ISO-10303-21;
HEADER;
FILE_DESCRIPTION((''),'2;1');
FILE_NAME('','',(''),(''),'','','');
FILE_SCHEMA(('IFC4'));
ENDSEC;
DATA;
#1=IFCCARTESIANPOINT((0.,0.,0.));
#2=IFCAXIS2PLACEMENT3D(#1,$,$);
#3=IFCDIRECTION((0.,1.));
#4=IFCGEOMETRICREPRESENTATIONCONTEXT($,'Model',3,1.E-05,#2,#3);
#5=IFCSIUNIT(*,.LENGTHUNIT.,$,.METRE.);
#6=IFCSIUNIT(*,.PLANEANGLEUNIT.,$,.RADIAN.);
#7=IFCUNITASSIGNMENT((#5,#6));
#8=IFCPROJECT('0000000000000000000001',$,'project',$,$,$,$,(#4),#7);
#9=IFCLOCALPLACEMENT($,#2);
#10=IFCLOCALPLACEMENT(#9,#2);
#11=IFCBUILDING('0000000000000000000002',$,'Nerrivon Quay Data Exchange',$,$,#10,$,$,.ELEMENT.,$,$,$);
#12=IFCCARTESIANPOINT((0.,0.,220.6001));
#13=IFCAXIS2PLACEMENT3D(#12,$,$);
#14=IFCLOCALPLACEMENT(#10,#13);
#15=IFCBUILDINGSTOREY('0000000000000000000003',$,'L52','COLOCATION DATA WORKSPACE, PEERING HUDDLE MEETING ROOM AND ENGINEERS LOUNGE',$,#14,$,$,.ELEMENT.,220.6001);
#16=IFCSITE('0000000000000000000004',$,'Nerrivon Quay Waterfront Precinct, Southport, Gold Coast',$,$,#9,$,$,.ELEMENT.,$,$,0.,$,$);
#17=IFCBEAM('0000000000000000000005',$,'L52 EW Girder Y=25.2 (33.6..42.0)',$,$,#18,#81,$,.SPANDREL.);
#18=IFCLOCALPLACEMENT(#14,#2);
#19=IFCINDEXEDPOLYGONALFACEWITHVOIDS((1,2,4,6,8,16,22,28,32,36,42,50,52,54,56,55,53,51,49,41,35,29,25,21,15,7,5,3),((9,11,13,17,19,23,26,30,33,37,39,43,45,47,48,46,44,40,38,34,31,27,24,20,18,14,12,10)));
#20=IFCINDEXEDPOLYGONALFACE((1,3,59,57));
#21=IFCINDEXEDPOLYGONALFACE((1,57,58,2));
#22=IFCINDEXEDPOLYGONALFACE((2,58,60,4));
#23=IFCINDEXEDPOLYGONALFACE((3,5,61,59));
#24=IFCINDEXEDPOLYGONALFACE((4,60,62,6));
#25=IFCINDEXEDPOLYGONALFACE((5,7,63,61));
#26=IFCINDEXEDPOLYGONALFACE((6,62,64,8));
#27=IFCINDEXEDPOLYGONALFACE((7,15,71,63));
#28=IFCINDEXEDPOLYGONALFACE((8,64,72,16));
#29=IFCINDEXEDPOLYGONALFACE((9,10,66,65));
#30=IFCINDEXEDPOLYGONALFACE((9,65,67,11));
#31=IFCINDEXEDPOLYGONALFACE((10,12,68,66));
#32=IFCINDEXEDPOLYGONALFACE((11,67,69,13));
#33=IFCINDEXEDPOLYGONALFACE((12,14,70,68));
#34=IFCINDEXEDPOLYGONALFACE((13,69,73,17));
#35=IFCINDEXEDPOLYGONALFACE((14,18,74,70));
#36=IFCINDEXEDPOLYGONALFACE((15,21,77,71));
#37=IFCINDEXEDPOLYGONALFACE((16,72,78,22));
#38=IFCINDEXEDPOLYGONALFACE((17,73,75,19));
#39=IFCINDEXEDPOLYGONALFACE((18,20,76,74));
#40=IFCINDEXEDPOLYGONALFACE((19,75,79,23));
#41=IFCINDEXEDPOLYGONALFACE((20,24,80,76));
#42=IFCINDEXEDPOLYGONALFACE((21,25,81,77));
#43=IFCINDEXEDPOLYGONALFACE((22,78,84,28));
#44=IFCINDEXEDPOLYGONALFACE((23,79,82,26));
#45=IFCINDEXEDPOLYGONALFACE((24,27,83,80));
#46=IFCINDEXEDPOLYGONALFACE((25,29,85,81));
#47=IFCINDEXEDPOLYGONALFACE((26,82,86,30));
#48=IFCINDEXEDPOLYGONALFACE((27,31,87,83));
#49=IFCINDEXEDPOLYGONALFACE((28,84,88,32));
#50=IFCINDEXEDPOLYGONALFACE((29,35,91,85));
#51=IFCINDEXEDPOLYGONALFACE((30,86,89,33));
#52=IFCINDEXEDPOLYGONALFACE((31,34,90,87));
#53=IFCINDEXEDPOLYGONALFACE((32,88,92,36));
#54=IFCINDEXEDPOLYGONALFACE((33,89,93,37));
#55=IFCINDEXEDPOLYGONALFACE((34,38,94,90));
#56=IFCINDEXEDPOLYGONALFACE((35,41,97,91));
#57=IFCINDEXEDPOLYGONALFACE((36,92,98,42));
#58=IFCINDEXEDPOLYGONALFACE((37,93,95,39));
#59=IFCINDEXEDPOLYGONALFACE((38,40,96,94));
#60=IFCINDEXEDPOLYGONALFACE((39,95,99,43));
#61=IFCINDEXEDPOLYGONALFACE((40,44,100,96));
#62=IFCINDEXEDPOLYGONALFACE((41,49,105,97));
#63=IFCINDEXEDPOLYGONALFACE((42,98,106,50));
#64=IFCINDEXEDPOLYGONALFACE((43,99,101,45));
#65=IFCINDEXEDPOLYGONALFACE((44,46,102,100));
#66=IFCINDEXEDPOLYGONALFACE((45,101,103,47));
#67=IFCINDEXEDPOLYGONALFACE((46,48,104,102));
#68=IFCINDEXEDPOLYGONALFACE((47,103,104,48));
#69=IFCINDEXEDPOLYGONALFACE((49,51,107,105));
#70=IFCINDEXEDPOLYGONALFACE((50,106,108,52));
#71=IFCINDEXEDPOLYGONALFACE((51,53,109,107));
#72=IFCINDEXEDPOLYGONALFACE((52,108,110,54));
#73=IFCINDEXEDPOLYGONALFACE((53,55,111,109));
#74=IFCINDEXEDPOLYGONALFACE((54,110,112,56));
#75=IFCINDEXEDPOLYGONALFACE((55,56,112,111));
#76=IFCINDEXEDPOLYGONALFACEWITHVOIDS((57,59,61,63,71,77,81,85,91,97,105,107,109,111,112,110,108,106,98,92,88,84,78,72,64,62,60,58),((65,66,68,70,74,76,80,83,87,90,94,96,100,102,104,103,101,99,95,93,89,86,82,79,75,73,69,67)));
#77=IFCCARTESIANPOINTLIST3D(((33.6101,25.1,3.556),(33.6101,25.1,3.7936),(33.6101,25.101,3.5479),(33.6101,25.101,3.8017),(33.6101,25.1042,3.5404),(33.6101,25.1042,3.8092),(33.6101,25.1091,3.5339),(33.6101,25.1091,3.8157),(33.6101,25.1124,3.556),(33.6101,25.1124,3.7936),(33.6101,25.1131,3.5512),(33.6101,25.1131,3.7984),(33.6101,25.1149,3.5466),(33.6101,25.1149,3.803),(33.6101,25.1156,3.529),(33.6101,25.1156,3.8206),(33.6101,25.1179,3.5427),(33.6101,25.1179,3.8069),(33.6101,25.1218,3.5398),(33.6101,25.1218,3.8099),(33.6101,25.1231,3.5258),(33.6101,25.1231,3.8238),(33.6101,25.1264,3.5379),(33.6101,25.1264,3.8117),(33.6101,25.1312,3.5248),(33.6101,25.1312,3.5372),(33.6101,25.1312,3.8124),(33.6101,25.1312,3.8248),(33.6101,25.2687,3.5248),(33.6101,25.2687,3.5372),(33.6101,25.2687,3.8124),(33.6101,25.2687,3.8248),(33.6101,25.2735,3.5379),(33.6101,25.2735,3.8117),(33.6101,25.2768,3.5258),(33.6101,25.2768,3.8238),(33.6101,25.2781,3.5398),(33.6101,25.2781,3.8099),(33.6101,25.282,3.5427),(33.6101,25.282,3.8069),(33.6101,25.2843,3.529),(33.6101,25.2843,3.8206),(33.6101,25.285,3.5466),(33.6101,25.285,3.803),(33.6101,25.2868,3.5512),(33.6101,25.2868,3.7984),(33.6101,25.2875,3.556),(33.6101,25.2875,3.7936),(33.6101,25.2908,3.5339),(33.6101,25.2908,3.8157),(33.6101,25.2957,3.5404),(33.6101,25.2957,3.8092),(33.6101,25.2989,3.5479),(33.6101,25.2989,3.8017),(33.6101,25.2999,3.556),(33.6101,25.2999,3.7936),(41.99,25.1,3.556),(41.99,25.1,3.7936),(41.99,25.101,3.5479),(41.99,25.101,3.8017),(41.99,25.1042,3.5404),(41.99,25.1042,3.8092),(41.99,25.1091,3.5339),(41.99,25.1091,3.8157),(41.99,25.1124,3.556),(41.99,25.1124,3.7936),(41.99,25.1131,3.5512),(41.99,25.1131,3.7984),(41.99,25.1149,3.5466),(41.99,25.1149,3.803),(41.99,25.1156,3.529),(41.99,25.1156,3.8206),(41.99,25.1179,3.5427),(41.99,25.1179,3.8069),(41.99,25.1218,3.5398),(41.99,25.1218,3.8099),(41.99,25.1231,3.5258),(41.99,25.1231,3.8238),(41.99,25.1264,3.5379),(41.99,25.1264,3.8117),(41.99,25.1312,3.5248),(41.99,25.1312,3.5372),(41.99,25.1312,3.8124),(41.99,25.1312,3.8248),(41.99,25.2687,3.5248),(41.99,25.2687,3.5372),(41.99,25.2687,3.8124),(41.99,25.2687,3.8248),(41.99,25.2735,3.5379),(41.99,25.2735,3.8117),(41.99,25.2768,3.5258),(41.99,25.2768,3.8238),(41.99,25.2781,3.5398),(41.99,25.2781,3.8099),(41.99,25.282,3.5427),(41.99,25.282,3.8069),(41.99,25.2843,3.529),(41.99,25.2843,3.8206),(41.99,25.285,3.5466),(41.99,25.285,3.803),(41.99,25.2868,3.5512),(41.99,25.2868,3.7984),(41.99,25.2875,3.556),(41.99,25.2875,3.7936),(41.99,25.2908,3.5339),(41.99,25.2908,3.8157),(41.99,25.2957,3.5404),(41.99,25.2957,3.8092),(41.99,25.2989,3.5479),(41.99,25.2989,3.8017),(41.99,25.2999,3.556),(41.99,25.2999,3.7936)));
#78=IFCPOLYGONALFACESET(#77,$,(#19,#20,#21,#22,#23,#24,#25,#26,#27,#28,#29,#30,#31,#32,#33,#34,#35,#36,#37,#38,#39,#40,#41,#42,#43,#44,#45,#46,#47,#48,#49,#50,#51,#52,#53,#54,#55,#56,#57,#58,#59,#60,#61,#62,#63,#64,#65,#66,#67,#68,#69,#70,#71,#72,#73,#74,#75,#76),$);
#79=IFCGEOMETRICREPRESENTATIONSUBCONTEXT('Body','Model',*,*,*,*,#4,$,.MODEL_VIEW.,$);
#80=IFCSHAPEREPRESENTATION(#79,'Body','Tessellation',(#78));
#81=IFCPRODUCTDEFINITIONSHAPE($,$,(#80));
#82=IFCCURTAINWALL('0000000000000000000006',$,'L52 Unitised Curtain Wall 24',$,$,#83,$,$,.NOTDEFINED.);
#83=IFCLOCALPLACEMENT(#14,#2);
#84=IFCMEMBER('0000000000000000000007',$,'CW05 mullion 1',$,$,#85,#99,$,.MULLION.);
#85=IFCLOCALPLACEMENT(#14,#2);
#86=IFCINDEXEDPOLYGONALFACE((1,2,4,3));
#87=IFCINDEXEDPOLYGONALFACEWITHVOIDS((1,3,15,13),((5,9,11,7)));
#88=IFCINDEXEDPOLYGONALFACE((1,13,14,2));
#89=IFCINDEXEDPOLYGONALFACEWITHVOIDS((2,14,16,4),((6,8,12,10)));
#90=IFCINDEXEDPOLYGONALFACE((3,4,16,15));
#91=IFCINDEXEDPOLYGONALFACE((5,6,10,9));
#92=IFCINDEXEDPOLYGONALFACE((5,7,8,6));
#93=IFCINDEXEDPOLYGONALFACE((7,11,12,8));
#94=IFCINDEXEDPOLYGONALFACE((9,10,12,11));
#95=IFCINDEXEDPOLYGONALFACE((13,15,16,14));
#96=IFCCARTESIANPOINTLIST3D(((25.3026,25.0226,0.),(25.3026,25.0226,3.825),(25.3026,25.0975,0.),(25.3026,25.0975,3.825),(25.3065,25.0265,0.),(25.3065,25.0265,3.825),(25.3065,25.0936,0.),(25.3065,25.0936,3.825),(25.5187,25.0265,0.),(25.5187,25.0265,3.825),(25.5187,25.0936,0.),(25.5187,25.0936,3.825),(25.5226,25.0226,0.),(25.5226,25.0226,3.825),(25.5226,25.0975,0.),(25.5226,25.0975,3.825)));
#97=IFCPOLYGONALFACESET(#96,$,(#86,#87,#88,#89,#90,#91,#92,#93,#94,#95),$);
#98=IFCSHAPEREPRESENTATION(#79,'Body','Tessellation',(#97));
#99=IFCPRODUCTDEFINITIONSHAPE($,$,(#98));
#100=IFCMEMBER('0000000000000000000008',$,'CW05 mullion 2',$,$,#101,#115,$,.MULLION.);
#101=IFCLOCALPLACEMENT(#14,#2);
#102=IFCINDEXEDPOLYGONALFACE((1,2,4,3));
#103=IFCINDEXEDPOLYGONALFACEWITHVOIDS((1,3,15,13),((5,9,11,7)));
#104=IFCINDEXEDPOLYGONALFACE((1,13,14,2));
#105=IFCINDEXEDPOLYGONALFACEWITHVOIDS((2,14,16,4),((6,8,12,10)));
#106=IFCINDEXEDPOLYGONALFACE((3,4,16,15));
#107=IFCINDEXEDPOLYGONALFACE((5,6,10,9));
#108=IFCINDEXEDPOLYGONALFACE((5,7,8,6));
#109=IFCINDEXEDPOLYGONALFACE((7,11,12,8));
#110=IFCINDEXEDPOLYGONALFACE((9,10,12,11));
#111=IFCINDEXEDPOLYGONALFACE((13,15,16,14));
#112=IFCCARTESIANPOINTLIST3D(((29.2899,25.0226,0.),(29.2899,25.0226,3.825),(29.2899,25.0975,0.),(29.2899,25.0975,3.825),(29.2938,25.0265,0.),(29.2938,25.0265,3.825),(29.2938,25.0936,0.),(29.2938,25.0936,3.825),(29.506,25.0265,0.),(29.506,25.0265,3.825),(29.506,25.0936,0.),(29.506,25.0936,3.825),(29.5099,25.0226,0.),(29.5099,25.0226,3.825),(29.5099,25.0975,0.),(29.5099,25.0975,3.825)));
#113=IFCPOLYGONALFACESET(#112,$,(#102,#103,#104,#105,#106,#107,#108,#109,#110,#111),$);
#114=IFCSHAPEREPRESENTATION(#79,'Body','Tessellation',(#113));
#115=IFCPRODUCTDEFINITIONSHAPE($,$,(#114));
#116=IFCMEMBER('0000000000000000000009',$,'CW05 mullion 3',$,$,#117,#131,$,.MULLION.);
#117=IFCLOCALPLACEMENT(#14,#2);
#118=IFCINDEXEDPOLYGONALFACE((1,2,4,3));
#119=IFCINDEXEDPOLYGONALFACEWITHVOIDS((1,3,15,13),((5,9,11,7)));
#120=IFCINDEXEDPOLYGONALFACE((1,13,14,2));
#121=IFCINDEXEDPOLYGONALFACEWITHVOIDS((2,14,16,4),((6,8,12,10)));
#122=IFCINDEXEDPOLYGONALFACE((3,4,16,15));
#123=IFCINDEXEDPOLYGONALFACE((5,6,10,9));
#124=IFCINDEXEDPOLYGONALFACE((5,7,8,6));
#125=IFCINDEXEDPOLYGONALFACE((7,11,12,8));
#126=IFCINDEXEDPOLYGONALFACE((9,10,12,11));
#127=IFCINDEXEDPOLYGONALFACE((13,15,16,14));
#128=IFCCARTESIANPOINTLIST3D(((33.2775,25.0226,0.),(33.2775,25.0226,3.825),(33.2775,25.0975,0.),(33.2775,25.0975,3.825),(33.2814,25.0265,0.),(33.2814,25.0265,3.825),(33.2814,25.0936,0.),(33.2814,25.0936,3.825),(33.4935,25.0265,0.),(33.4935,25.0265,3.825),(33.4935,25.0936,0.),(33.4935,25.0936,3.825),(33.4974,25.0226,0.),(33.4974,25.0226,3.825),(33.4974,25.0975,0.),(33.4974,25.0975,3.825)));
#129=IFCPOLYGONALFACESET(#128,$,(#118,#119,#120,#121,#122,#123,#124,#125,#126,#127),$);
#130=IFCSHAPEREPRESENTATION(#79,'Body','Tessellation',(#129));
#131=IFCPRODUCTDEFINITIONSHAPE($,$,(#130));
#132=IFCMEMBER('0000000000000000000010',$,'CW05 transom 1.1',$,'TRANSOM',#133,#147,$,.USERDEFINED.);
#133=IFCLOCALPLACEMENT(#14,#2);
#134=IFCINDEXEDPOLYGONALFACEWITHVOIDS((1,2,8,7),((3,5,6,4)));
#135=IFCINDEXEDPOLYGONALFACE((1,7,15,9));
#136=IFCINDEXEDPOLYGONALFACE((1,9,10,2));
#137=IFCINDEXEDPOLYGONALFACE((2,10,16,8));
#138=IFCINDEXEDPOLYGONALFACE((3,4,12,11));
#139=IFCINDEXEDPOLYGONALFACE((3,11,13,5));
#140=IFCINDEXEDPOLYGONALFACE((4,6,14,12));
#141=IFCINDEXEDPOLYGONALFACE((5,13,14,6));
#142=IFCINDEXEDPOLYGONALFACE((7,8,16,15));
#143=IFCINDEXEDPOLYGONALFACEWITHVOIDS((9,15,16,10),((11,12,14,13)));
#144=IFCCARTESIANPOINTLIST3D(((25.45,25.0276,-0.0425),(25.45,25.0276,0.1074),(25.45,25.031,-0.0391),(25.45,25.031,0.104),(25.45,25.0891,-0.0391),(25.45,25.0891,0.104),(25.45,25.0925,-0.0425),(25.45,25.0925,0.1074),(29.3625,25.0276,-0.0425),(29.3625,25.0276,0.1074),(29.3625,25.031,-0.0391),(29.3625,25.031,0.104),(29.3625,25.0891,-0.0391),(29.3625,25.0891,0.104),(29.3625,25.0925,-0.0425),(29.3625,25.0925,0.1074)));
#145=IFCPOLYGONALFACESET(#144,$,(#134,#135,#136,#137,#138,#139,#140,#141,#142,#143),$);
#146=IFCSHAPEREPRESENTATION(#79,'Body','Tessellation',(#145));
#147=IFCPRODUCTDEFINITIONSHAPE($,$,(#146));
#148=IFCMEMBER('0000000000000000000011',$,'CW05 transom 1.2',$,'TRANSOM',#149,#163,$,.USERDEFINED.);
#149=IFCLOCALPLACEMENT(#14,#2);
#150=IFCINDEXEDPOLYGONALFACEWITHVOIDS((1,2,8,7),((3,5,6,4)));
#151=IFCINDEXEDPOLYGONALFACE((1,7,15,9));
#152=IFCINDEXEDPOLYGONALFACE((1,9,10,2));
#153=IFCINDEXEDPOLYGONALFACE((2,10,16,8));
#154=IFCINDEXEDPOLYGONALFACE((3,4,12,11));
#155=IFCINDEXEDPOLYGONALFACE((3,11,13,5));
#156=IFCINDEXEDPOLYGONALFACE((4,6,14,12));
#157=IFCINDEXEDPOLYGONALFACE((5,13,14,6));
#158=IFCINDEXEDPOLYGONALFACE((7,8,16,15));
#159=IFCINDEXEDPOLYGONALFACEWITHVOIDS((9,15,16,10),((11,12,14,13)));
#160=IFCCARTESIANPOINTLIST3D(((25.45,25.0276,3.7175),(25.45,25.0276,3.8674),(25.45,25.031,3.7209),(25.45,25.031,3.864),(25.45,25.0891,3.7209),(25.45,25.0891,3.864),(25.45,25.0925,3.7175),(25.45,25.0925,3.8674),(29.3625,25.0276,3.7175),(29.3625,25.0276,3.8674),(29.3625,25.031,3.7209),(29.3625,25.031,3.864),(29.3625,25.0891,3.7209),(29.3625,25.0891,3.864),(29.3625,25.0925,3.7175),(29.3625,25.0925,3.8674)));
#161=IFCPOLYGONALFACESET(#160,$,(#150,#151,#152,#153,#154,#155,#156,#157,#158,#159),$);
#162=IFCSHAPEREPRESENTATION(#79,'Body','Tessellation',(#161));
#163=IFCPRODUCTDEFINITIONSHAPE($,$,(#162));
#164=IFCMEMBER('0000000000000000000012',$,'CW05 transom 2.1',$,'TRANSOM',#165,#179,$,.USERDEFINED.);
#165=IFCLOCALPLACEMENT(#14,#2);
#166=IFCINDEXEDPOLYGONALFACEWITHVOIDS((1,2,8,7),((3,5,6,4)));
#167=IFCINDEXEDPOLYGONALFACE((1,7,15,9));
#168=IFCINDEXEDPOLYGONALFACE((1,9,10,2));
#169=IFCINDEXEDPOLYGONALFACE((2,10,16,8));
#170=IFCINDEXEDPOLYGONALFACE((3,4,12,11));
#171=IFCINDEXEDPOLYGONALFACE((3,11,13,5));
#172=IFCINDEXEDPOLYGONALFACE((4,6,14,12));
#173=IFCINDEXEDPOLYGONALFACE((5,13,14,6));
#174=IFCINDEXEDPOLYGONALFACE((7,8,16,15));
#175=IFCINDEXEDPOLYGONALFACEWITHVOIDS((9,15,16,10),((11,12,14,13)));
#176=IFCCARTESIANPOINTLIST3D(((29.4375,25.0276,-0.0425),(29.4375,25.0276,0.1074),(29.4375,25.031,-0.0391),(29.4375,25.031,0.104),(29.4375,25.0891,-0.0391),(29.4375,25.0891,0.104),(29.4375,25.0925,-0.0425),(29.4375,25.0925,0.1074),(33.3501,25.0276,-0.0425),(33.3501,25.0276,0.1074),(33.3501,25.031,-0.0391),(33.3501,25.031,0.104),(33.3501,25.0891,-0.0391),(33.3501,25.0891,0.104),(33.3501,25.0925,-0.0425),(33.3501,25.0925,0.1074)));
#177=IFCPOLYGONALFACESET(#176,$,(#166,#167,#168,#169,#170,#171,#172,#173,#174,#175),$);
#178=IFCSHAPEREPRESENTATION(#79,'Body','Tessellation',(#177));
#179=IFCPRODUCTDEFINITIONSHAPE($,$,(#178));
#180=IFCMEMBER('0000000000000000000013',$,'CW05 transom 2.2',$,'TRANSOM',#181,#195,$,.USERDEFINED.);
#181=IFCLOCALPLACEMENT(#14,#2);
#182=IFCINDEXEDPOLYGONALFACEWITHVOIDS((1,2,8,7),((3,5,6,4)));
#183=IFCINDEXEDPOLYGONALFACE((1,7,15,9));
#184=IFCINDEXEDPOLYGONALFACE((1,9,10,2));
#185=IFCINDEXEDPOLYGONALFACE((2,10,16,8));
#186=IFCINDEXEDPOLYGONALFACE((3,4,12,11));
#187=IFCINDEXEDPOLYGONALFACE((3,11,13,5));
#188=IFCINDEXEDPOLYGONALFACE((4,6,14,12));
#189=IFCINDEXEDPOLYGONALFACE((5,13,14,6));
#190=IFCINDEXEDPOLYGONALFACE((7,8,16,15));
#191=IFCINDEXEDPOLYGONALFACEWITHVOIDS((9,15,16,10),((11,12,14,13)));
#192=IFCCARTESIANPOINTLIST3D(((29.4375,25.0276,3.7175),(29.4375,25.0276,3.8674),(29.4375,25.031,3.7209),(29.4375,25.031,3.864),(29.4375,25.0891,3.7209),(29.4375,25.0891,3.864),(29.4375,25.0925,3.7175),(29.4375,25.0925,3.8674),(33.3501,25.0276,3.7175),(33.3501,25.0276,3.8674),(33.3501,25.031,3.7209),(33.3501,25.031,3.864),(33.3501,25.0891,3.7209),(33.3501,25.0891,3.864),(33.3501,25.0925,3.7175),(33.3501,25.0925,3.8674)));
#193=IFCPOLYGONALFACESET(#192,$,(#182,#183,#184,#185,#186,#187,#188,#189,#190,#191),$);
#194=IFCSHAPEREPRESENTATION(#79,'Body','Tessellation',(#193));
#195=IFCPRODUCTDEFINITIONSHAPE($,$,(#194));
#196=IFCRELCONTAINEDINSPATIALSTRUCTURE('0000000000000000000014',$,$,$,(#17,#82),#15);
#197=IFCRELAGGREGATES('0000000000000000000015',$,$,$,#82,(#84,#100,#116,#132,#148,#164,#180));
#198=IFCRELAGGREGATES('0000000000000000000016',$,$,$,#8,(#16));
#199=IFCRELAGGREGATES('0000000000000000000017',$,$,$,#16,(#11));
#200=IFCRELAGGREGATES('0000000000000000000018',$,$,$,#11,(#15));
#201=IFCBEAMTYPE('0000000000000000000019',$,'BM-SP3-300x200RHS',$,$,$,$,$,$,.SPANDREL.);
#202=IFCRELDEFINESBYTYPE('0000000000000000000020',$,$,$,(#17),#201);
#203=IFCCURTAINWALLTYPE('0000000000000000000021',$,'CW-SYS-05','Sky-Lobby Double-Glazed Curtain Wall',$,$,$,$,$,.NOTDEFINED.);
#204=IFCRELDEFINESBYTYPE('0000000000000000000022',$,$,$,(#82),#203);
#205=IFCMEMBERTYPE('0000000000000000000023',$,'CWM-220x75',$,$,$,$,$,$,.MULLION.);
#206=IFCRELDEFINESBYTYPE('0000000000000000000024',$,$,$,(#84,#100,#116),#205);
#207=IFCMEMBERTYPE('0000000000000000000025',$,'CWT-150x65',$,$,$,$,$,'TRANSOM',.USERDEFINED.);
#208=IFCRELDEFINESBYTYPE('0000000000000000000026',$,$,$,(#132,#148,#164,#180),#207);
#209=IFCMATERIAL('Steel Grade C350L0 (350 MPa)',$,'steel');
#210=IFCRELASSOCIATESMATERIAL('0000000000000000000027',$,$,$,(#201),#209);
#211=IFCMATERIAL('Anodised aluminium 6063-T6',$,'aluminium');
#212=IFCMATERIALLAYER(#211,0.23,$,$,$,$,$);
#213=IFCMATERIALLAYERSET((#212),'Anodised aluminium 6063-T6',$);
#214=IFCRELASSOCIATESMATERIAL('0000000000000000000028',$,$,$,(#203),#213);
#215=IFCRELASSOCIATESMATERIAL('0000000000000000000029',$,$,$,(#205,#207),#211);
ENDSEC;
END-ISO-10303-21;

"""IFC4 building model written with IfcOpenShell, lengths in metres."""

from ifc_helpers import new_model, si_unit, direction, frame, origin, origin_2d, place, context, subcontext, project, spatial, hollow_rectangle, extrude, material, layer, layer_set, material_profile, profile_set, type_object, element, aggregate, save


model = new_model("IFC4")

# Units and contexts
model_context = context("Model", 3, precision=1e-05, world=origin(), true_north=direction((0.0, 1.0)))
body_context = subcontext(model_context, "Body", "Model", "MODEL_VIEW")
ifc_project = project(units=[si_unit("LENGTHUNIT", "METRE"), si_unit("PLANEANGLEUNIT", "RADIAN")], contexts=[model_context])

# Site, building, storey
site_placement = place(None, origin())
site = spatial("IfcSite", under=ifc_project, at=site_placement, Name="Nerrivon Quay Waterfront Precinct, Southport, Gold Coast", CompositionType="ELEMENT", RefElevation=0.0)
building_placement = place(site_placement, origin())
building = spatial("IfcBuilding", under=site, at=building_placement, Name="Nerrivon Quay Data Exchange", CompositionType="ELEMENT")
storey_placement = place(building_placement, frame((0.0, 0.0, 220.6001)))
storey = spatial("IfcBuildingStorey", under=building, at=storey_placement, Name="L52", Description="COLOCATION DATA WORKSPACE, PEERING HUDDLE MEETING ROOM AND ENGINEERS LOUNGE", CompositionType="ELEMENT", Elevation=220.6001)

# Beam
ifc_material_1 = material(Name="Steel Grade C350L0 (350 MPa)", Category="steel")
ifc_material_profile_1 = material_profile(ifc_material_1, hollow_rectangle(XDim=0.2, YDim=0.3, WallThickness=0.0125, InnerFilletRadius=0.0188, OuterFilletRadius=0.0312, at=origin_2d()), Name="300x200x12.5RHS")
ifc_profile_set_1 = profile_set([ifc_material_profile_1], Name="Steel Grade C350L0 (350 MPa)")
beam_type_1 = type_object("IfcBeamType", Name="BM-SP3-300x200RHS", PredefinedType="SPANDREL", material=ifc_profile_set_1)
beam_1_placement = place(storey_placement, frame((33.6101, 25.2, 3.6748), z_axis=(1.0, 0.0, 0.0), x_axis=(0.0, 1.0, 0.0)))
element("IfcBeam", 1, at=beam_1_placement, inside=storey, type_object=beam_type_1, Name="L52 EW Girder Y=25.2 (33.6..42.0)", PredefinedType="SPANDREL", context=body_context, shape_type="SweptSolid", body=[
    extrude(hollow_rectangle(XDim=0.2, YDim=0.3, WallThickness=0.0125, InnerFilletRadius=0.0188, OuterFilletRadius=0.0312, at=origin_2d()), origin(), (0.0, 0.0, 1.0), 8.3799),
])

# Curtain wall, members
ifc_material_2 = material(Name="Anodised aluminium 6063-T6", Category="aluminium")
ifc_layer_1 = layer(ifc_material_2, 0.23)
ifc_layer_set_1 = layer_set([ifc_layer_1], Name="Anodised aluminium 6063-T6")
curtain_wall_type = type_object("IfcCurtainWallType", Name="CW-SYS-05", Description="Sky-Lobby Double-Glazed Curtain Wall", PredefinedType="NOTDEFINED", material=ifc_layer_set_1)
curtain_wall_placement = place(storey_placement, origin())
curtain_wall = element("IfcCurtainWall", 2, at=curtain_wall_placement, inside=storey, type_object=curtain_wall_type, Name="L52 Unitised Curtain Wall 24", PredefinedType="NOTDEFINED")
ifc_material_profile_2 = material_profile(ifc_material_2, hollow_rectangle(XDim=0.075, YDim=0.22, WallThickness=0.0039, at=origin_2d()), Name="ALU-MULL-220x75")
ifc_profile_set_2 = profile_set([ifc_material_profile_2], Name="Anodised aluminium 6063-T6")
member_type_1 = type_object("IfcMemberType", Name="CWM-220x75", PredefinedType="MULLION", material=ifc_profile_set_2)
member_1_placement = place(storey_placement, frame((25.4126, 25.0601, 0.0), z_axis=(0.0, 0.0, 1.0), x_axis=(0.0, 1.0, 0.0)))
member_1 = element("IfcMember", 3, at=member_1_placement, type_object=member_type_1, Name="CW05 mullion 1", PredefinedType="MULLION", context=body_context, shape_type="SweptSolid", body=[
    extrude(hollow_rectangle(XDim=0.075, YDim=0.22, WallThickness=0.0039, at=origin_2d()), origin(), (0.0, 0.0, 1.0), 3.825),
])
member_2_placement = place(storey_placement, frame((29.3999, 25.0601, 0.0), z_axis=(0.0, 0.0, 1.0), x_axis=(0.0, 1.0, 0.0)))
member_2 = element("IfcMember", 4, at=member_2_placement, type_object=member_type_1, Name="CW05 mullion 2", PredefinedType="MULLION", context=body_context, shape_type="SweptSolid", body=[
    extrude(hollow_rectangle(XDim=0.075, YDim=0.22, WallThickness=0.0039, at=origin_2d()), origin(), (0.0, 0.0, 1.0), 3.825),
])
member_3_placement = place(storey_placement, frame((33.3875, 25.0601, 0.0), z_axis=(0.0, 0.0, 1.0), x_axis=(0.0, 1.0, 0.0)))
member_3 = element("IfcMember", 5, at=member_3_placement, type_object=member_type_1, Name="CW05 mullion 3", PredefinedType="MULLION", context=body_context, shape_type="SweptSolid", body=[
    extrude(hollow_rectangle(XDim=0.075, YDim=0.22, WallThickness=0.0039, at=origin_2d()), origin(), (0.0, 0.0, 1.0), 3.825),
])
ifc_material_profile_3 = material_profile(ifc_material_2, hollow_rectangle(XDim=0.0649, YDim=0.1499, WallThickness=0.0034, at=origin_2d()), Name="ALU-TRAN-150x65")
ifc_profile_set_3 = profile_set([ifc_material_profile_3], Name="Anodised aluminium 6063-T6")
member_type_2 = type_object("IfcMemberType", Name="CWT-150x65", ElementType="TRANSOM", PredefinedType="USERDEFINED", material=ifc_profile_set_3)
member_4_placement = place(storey_placement, frame((25.45, 25.0601, 0.0325), z_axis=(1.0, 0.0, 0.0), x_axis=(0.0, 1.0, 0.0)))
member_4 = element("IfcMember", 6, at=member_4_placement, type_object=member_type_2, Name="CW05 transom 1.1", ObjectType="TRANSOM", PredefinedType="USERDEFINED", context=body_context, shape_type="SweptSolid", body=[
    extrude(hollow_rectangle(XDim=0.0649, YDim=0.1499, WallThickness=0.0034, at=origin_2d()), origin(), (0.0, 0.0, 1.0), 3.9126),
])
member_5_placement = place(storey_placement, frame((25.45, 25.0601, 3.7925), z_axis=(1.0, 0.0, 0.0), x_axis=(0.0, 1.0, 0.0)))
member_5 = element("IfcMember", 7, at=member_5_placement, type_object=member_type_2, Name="CW05 transom 1.2", ObjectType="TRANSOM", PredefinedType="USERDEFINED", context=body_context, shape_type="SweptSolid", body=[
    extrude(hollow_rectangle(XDim=0.0649, YDim=0.1499, WallThickness=0.0034, at=origin_2d()), origin(), (0.0, 0.0, 1.0), 3.9126),
])
member_6_placement = place(storey_placement, frame((29.4375, 25.0601, 0.0325), z_axis=(1.0, 0.0, 0.0), x_axis=(0.0, 1.0, 0.0)))
member_6 = element("IfcMember", 8, at=member_6_placement, type_object=member_type_2, Name="CW05 transom 2.1", ObjectType="TRANSOM", PredefinedType="USERDEFINED", context=body_context, shape_type="SweptSolid", body=[
    extrude(hollow_rectangle(XDim=0.0649, YDim=0.1499, WallThickness=0.0034, at=origin_2d()), origin(), (0.0, 0.0, 1.0), 3.9126),
])
member_7_placement = place(storey_placement, frame((29.4375, 25.0601, 3.7925), z_axis=(1.0, 0.0, 0.0), x_axis=(0.0, 1.0, 0.0)))
member_7 = element("IfcMember", 9, at=member_7_placement, type_object=member_type_2, Name="CW05 transom 2.2", ObjectType="TRANSOM", PredefinedType="USERDEFINED", context=body_context, shape_type="SweptSolid", body=[
    extrude(hollow_rectangle(XDim=0.0649, YDim=0.1499, WallThickness=0.0034, at=origin_2d()), origin(), (0.0, 0.0, 1.0), 3.9126),
])
aggregate(curtain_wall, [member_1, member_2, member_3, member_4, member_5, member_6, member_7])

save(model, "model.ifc")
